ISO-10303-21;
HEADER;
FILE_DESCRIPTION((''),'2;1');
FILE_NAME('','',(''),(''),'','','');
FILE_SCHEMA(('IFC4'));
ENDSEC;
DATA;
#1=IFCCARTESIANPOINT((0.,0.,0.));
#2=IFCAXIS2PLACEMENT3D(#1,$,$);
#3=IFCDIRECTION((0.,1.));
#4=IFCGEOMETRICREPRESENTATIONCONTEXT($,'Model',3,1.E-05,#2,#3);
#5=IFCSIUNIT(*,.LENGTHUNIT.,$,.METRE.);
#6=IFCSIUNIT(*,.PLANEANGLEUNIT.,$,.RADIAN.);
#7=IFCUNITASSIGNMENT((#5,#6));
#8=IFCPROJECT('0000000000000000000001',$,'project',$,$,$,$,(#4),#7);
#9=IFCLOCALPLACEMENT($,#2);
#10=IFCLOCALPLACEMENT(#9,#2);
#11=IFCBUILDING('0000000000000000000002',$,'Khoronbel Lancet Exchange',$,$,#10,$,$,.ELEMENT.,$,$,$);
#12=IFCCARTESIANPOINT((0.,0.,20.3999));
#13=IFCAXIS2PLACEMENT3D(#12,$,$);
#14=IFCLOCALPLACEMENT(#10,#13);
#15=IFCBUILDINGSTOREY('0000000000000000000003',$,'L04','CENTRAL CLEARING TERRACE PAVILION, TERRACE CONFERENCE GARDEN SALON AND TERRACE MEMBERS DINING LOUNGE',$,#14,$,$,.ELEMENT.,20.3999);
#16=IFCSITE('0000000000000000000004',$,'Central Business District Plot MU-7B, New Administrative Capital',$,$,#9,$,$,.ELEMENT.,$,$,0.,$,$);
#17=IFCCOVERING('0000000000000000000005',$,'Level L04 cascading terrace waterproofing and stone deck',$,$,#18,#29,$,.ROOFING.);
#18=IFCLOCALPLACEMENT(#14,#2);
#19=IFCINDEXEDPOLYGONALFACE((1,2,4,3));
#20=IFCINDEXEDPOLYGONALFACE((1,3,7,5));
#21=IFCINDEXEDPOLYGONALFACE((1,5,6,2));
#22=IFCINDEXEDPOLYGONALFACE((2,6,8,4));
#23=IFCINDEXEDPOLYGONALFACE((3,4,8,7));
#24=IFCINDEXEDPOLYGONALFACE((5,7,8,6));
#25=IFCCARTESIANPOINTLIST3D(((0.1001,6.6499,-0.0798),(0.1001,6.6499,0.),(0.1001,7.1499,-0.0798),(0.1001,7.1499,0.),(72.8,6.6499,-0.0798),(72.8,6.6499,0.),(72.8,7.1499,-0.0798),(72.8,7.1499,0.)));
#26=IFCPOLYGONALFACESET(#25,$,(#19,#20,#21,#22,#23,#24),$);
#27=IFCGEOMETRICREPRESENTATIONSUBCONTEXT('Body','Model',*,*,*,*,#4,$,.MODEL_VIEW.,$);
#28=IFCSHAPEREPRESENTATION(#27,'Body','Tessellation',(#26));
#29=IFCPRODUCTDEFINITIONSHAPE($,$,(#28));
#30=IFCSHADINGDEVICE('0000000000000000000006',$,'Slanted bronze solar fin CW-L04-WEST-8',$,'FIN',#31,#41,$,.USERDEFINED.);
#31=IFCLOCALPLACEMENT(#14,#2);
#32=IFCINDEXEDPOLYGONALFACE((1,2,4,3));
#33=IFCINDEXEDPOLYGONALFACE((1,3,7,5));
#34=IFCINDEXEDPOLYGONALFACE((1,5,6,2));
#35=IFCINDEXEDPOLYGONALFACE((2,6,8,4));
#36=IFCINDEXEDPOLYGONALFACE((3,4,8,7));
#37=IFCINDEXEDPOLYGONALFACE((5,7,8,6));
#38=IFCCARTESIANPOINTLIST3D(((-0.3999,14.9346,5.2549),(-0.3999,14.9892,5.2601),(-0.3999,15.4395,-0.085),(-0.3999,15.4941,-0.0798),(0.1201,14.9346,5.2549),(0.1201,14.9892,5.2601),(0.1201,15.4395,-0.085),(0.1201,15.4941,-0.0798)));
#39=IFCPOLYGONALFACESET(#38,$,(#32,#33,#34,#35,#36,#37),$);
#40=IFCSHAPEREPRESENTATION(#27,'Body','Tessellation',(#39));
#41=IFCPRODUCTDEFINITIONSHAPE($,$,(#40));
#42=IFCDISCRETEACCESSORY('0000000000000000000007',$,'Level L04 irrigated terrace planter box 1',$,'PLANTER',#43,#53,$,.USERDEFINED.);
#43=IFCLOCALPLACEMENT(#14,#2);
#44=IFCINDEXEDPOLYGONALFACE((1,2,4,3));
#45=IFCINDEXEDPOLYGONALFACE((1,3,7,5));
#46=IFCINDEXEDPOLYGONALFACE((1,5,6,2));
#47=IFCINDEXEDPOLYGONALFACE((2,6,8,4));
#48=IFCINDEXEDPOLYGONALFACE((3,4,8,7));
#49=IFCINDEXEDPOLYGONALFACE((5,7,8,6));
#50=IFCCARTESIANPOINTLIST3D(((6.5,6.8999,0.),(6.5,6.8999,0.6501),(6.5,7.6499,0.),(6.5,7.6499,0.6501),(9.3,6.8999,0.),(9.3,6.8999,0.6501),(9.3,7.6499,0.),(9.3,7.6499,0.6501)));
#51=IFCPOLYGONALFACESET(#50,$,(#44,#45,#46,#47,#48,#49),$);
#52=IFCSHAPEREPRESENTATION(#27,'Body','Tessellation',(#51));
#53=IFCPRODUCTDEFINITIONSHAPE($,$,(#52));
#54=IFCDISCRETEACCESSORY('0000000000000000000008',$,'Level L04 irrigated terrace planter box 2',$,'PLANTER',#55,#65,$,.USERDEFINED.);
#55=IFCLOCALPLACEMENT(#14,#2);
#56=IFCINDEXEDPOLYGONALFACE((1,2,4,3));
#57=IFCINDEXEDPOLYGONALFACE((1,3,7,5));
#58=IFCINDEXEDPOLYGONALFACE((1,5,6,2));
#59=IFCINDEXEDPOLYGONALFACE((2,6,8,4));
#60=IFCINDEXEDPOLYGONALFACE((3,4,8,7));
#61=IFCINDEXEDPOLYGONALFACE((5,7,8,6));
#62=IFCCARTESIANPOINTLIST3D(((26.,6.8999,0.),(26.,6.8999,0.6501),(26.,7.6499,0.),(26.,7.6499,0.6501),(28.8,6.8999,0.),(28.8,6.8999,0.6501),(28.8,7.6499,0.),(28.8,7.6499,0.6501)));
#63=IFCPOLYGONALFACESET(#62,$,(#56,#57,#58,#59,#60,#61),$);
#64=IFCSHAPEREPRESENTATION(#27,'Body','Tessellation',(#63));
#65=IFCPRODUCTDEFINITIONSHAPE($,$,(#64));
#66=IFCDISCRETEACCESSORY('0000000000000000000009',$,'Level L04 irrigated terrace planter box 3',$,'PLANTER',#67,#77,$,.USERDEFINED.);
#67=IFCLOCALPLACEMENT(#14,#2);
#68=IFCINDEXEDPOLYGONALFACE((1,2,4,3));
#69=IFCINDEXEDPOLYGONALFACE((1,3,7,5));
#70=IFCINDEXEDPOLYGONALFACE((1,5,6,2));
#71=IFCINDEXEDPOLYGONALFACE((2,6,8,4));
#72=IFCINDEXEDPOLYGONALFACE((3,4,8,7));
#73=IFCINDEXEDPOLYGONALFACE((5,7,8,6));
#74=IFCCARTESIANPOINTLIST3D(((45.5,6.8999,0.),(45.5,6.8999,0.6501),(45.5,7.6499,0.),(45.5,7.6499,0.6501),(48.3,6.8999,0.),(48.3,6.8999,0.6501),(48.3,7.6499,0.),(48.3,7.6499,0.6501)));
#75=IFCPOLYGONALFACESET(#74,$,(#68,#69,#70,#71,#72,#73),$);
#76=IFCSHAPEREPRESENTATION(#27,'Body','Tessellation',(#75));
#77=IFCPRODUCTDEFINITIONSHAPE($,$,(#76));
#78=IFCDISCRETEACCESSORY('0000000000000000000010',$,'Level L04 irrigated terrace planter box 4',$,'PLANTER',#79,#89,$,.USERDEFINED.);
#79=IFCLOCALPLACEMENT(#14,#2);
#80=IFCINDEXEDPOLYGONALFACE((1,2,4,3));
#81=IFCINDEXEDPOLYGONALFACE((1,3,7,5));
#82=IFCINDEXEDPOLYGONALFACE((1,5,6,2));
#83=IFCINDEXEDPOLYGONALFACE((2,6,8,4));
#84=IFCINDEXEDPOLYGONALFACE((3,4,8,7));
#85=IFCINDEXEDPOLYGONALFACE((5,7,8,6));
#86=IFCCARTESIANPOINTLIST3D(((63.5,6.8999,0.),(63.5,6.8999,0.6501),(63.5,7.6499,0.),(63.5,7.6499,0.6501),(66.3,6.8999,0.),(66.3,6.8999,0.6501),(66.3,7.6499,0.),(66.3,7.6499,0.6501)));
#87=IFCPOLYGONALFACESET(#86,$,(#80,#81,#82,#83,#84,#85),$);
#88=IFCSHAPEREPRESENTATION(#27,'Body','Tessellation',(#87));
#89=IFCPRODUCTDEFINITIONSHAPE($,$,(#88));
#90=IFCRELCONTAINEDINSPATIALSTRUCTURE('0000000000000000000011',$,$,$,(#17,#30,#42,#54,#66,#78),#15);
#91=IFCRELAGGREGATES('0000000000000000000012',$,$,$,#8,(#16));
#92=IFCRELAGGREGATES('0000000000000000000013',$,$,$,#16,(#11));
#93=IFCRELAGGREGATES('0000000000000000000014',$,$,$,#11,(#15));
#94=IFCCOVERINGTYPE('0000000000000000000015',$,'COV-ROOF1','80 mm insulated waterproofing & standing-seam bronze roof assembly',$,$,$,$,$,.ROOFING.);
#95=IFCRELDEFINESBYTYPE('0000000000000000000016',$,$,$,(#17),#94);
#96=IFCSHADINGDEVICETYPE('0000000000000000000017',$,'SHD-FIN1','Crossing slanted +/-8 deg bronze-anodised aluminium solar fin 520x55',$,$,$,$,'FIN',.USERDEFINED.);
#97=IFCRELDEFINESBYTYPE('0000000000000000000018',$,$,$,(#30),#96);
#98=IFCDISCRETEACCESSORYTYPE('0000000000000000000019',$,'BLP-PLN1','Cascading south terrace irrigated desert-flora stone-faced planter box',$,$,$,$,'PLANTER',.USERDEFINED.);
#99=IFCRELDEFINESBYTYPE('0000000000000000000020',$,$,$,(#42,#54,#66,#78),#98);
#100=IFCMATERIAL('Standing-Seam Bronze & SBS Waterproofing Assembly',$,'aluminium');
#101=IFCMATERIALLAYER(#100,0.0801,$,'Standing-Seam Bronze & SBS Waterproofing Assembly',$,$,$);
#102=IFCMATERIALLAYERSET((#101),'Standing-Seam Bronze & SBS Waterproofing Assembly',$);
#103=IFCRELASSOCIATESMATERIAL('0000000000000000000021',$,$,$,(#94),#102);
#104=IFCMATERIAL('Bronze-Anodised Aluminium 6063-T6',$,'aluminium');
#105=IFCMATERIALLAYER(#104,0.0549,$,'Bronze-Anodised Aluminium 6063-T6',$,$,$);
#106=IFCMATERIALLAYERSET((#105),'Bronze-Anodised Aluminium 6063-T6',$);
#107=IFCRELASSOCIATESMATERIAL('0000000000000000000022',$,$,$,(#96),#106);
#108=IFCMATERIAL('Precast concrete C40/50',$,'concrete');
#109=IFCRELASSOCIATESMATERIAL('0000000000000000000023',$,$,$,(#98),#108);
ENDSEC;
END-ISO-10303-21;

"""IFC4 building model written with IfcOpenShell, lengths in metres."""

from ifc_helpers import new_model, si_unit, direction, frame, origin, place, context, subcontext, project, spatial, polyline, outline, extrude, material, layer, layer_set, type_object, element, save


model = new_model("IFC4")

# Units and contexts
model_context = context("Model", 3, precision=1e-05, world=origin(), true_north=direction((0.0, 1.0)))
body_context = subcontext(model_context, "Body", "Model", "MODEL_VIEW")
ifc_project = project(units=[si_unit("LENGTHUNIT", "METRE"), si_unit("PLANEANGLEUNIT", "RADIAN")], contexts=[model_context])

# Site, building, storey
site_placement = place(None, origin())
site = spatial("IfcSite", under=ifc_project, at=site_placement, Name="Central Business District Plot MU-7B, New Administrative Capital", CompositionType="ELEMENT", RefElevation=0.0)
building_placement = place(site_placement, origin())
building = spatial("IfcBuilding", under=site, at=building_placement, Name="Khoronbel Lancet Exchange", CompositionType="ELEMENT")
storey_placement = place(building_placement, frame((0.0, 0.0, 20.3999)))
storey = spatial("IfcBuildingStorey", under=building, at=storey_placement, Name="L04", Description="CENTRAL CLEARING TERRACE PAVILION, TERRACE CONFERENCE GARDEN SALON AND TERRACE MEMBERS DINING LOUNGE", CompositionType="ELEMENT", Elevation=20.3999)

# Shared definitions
ifc_material_1 = material(Name="Bronze-Anodised Aluminium 6063-T6", Category="aluminium")

# Covering
ifc_material_2 = material(Name="Standing-Seam Bronze & SBS Waterproofing Assembly", Category="aluminium")
ifc_layer_1 = layer(ifc_material_2, 0.0801, Name="Standing-Seam Bronze & SBS Waterproofing Assembly")
ifc_layer_set_1 = layer_set([ifc_layer_1], Name="Standing-Seam Bronze & SBS Waterproofing Assembly")
covering_type_1 = type_object("IfcCoveringType", Name="COV-ROOF1", Description="80 mm insulated waterproofing & standing-seam bronze roof assembly", PredefinedType="ROOFING", material=ifc_layer_set_1)
covering_1_placement = place(storey_placement, frame((0.0, 0.0, -0.0798)))
element("IfcCovering", 1, at=covering_1_placement, inside=storey, type_object=covering_type_1, Name="Level L04 cascading terrace waterproofing and stone deck", PredefinedType="ROOFING", context=body_context, shape_type="SweptSolid", body=[
    extrude(outline(polyline([(0.1001, 6.6499), (72.8, 6.6499), (72.8, 7.1499), (0.1001, 7.1499), (0.1001, 6.6499)])), origin(), (0.0, 0.0, 1.0), 0.0798),
])

# Shading device
ifc_layer_2 = layer(ifc_material_1, 0.0549, Name="Bronze-Anodised Aluminium 6063-T6")
ifc_layer_set_2 = layer_set([ifc_layer_2], Name="Bronze-Anodised Aluminium 6063-T6")
shading_device_type = type_object("IfcShadingDeviceType", Name="SHD-FIN1", Description="Crossing slanted +/-8 deg bronze-anodised aluminium solar fin 520x55", ElementType="FIN", PredefinedType="USERDEFINED", material=ifc_layer_set_2)
shading_device_placement = place(storey_placement, frame((0.1201, 15.4941, -0.0798), z_axis=(0.0, 0.99556, 0.09413), x_axis=(-1.0, 0.0, 0.0)))
element("IfcShadingDevice", 2, at=shading_device_placement, inside=storey, type_object=shading_device_type, Name="Slanted bronze solar fin CW-L04-WEST-8", ObjectType="FIN", PredefinedType="USERDEFINED", context=body_context, shape_type="SweptSolid", body=[
    extrude(outline(polyline([(0.0, 0.0), (0.52, 0.0), (0.52, 5.3638), (0.0, 5.3638), (0.0, 0.0)])), origin(), (0.0, 0.0, -1.0), 0.0549),
])

# Discrete accessories
ifc_material_3 = material(Name="Precast concrete C40/50", Category="concrete")
discrete_accessory_type = type_object("IfcDiscreteAccessoryType", Name="BLP-PLN1", Description="Cascading south terrace irrigated desert-flora stone-faced planter box", ElementType="PLANTER", PredefinedType="USERDEFINED", material=ifc_material_3)
discrete_accessory_1_placement = place(storey_placement, origin())
element("IfcDiscreteAccessory", 3, at=discrete_accessory_1_placement, inside=storey, type_object=discrete_accessory_type, Name="Level L04 irrigated terrace planter box 1", ObjectType="PLANTER", PredefinedType="USERDEFINED", context=body_context, shape_type="SweptSolid", body=[
    extrude(outline(polyline([(6.5, 6.8999), (9.3, 6.8999), (9.3, 7.6499), (6.5, 7.6499), (6.5, 6.8999)])), origin(), (0.0, 0.0, 1.0), 0.6501),
])
discrete_accessory_2_placement = place(storey_placement, origin())
element("IfcDiscreteAccessory", 4, at=discrete_accessory_2_placement, inside=storey, type_object=discrete_accessory_type, Name="Level L04 irrigated terrace planter box 2", ObjectType="PLANTER", PredefinedType="USERDEFINED", context=body_context, shape_type="SweptSolid", body=[
    extrude(outline(polyline([(26.0, 6.8999), (28.8, 6.8999), (28.8, 7.6499), (26.0, 7.6499), (26.0, 6.8999)])), origin(), (0.0, 0.0, 1.0), 0.6501),
])
discrete_accessory_3_placement = place(storey_placement, origin())
element("IfcDiscreteAccessory", 5, at=discrete_accessory_3_placement, inside=storey, type_object=discrete_accessory_type, Name="Level L04 irrigated terrace planter box 3", ObjectType="PLANTER", PredefinedType="USERDEFINED", context=body_context, shape_type="SweptSolid", body=[
    extrude(outline(polyline([(45.5, 6.8999), (48.3, 6.8999), (48.3, 7.6499), (45.5, 7.6499), (45.5, 6.8999)])), origin(), (0.0, 0.0, 1.0), 0.6501),
])
discrete_accessory_4_placement = place(storey_placement, origin())
element("IfcDiscreteAccessory", 6, at=discrete_accessory_4_placement, inside=storey, type_object=discrete_accessory_type, Name="Level L04 irrigated terrace planter box 4", ObjectType="PLANTER", PredefinedType="USERDEFINED", context=body_context, shape_type="SweptSolid", body=[
    extrude(outline(polyline([(63.5, 6.8999), (66.3, 6.8999), (66.3, 7.6499), (63.5, 7.6499), (63.5, 6.8999)])), origin(), (0.0, 0.0, 1.0), 0.6501),
])

save(model, "model.ifc")
